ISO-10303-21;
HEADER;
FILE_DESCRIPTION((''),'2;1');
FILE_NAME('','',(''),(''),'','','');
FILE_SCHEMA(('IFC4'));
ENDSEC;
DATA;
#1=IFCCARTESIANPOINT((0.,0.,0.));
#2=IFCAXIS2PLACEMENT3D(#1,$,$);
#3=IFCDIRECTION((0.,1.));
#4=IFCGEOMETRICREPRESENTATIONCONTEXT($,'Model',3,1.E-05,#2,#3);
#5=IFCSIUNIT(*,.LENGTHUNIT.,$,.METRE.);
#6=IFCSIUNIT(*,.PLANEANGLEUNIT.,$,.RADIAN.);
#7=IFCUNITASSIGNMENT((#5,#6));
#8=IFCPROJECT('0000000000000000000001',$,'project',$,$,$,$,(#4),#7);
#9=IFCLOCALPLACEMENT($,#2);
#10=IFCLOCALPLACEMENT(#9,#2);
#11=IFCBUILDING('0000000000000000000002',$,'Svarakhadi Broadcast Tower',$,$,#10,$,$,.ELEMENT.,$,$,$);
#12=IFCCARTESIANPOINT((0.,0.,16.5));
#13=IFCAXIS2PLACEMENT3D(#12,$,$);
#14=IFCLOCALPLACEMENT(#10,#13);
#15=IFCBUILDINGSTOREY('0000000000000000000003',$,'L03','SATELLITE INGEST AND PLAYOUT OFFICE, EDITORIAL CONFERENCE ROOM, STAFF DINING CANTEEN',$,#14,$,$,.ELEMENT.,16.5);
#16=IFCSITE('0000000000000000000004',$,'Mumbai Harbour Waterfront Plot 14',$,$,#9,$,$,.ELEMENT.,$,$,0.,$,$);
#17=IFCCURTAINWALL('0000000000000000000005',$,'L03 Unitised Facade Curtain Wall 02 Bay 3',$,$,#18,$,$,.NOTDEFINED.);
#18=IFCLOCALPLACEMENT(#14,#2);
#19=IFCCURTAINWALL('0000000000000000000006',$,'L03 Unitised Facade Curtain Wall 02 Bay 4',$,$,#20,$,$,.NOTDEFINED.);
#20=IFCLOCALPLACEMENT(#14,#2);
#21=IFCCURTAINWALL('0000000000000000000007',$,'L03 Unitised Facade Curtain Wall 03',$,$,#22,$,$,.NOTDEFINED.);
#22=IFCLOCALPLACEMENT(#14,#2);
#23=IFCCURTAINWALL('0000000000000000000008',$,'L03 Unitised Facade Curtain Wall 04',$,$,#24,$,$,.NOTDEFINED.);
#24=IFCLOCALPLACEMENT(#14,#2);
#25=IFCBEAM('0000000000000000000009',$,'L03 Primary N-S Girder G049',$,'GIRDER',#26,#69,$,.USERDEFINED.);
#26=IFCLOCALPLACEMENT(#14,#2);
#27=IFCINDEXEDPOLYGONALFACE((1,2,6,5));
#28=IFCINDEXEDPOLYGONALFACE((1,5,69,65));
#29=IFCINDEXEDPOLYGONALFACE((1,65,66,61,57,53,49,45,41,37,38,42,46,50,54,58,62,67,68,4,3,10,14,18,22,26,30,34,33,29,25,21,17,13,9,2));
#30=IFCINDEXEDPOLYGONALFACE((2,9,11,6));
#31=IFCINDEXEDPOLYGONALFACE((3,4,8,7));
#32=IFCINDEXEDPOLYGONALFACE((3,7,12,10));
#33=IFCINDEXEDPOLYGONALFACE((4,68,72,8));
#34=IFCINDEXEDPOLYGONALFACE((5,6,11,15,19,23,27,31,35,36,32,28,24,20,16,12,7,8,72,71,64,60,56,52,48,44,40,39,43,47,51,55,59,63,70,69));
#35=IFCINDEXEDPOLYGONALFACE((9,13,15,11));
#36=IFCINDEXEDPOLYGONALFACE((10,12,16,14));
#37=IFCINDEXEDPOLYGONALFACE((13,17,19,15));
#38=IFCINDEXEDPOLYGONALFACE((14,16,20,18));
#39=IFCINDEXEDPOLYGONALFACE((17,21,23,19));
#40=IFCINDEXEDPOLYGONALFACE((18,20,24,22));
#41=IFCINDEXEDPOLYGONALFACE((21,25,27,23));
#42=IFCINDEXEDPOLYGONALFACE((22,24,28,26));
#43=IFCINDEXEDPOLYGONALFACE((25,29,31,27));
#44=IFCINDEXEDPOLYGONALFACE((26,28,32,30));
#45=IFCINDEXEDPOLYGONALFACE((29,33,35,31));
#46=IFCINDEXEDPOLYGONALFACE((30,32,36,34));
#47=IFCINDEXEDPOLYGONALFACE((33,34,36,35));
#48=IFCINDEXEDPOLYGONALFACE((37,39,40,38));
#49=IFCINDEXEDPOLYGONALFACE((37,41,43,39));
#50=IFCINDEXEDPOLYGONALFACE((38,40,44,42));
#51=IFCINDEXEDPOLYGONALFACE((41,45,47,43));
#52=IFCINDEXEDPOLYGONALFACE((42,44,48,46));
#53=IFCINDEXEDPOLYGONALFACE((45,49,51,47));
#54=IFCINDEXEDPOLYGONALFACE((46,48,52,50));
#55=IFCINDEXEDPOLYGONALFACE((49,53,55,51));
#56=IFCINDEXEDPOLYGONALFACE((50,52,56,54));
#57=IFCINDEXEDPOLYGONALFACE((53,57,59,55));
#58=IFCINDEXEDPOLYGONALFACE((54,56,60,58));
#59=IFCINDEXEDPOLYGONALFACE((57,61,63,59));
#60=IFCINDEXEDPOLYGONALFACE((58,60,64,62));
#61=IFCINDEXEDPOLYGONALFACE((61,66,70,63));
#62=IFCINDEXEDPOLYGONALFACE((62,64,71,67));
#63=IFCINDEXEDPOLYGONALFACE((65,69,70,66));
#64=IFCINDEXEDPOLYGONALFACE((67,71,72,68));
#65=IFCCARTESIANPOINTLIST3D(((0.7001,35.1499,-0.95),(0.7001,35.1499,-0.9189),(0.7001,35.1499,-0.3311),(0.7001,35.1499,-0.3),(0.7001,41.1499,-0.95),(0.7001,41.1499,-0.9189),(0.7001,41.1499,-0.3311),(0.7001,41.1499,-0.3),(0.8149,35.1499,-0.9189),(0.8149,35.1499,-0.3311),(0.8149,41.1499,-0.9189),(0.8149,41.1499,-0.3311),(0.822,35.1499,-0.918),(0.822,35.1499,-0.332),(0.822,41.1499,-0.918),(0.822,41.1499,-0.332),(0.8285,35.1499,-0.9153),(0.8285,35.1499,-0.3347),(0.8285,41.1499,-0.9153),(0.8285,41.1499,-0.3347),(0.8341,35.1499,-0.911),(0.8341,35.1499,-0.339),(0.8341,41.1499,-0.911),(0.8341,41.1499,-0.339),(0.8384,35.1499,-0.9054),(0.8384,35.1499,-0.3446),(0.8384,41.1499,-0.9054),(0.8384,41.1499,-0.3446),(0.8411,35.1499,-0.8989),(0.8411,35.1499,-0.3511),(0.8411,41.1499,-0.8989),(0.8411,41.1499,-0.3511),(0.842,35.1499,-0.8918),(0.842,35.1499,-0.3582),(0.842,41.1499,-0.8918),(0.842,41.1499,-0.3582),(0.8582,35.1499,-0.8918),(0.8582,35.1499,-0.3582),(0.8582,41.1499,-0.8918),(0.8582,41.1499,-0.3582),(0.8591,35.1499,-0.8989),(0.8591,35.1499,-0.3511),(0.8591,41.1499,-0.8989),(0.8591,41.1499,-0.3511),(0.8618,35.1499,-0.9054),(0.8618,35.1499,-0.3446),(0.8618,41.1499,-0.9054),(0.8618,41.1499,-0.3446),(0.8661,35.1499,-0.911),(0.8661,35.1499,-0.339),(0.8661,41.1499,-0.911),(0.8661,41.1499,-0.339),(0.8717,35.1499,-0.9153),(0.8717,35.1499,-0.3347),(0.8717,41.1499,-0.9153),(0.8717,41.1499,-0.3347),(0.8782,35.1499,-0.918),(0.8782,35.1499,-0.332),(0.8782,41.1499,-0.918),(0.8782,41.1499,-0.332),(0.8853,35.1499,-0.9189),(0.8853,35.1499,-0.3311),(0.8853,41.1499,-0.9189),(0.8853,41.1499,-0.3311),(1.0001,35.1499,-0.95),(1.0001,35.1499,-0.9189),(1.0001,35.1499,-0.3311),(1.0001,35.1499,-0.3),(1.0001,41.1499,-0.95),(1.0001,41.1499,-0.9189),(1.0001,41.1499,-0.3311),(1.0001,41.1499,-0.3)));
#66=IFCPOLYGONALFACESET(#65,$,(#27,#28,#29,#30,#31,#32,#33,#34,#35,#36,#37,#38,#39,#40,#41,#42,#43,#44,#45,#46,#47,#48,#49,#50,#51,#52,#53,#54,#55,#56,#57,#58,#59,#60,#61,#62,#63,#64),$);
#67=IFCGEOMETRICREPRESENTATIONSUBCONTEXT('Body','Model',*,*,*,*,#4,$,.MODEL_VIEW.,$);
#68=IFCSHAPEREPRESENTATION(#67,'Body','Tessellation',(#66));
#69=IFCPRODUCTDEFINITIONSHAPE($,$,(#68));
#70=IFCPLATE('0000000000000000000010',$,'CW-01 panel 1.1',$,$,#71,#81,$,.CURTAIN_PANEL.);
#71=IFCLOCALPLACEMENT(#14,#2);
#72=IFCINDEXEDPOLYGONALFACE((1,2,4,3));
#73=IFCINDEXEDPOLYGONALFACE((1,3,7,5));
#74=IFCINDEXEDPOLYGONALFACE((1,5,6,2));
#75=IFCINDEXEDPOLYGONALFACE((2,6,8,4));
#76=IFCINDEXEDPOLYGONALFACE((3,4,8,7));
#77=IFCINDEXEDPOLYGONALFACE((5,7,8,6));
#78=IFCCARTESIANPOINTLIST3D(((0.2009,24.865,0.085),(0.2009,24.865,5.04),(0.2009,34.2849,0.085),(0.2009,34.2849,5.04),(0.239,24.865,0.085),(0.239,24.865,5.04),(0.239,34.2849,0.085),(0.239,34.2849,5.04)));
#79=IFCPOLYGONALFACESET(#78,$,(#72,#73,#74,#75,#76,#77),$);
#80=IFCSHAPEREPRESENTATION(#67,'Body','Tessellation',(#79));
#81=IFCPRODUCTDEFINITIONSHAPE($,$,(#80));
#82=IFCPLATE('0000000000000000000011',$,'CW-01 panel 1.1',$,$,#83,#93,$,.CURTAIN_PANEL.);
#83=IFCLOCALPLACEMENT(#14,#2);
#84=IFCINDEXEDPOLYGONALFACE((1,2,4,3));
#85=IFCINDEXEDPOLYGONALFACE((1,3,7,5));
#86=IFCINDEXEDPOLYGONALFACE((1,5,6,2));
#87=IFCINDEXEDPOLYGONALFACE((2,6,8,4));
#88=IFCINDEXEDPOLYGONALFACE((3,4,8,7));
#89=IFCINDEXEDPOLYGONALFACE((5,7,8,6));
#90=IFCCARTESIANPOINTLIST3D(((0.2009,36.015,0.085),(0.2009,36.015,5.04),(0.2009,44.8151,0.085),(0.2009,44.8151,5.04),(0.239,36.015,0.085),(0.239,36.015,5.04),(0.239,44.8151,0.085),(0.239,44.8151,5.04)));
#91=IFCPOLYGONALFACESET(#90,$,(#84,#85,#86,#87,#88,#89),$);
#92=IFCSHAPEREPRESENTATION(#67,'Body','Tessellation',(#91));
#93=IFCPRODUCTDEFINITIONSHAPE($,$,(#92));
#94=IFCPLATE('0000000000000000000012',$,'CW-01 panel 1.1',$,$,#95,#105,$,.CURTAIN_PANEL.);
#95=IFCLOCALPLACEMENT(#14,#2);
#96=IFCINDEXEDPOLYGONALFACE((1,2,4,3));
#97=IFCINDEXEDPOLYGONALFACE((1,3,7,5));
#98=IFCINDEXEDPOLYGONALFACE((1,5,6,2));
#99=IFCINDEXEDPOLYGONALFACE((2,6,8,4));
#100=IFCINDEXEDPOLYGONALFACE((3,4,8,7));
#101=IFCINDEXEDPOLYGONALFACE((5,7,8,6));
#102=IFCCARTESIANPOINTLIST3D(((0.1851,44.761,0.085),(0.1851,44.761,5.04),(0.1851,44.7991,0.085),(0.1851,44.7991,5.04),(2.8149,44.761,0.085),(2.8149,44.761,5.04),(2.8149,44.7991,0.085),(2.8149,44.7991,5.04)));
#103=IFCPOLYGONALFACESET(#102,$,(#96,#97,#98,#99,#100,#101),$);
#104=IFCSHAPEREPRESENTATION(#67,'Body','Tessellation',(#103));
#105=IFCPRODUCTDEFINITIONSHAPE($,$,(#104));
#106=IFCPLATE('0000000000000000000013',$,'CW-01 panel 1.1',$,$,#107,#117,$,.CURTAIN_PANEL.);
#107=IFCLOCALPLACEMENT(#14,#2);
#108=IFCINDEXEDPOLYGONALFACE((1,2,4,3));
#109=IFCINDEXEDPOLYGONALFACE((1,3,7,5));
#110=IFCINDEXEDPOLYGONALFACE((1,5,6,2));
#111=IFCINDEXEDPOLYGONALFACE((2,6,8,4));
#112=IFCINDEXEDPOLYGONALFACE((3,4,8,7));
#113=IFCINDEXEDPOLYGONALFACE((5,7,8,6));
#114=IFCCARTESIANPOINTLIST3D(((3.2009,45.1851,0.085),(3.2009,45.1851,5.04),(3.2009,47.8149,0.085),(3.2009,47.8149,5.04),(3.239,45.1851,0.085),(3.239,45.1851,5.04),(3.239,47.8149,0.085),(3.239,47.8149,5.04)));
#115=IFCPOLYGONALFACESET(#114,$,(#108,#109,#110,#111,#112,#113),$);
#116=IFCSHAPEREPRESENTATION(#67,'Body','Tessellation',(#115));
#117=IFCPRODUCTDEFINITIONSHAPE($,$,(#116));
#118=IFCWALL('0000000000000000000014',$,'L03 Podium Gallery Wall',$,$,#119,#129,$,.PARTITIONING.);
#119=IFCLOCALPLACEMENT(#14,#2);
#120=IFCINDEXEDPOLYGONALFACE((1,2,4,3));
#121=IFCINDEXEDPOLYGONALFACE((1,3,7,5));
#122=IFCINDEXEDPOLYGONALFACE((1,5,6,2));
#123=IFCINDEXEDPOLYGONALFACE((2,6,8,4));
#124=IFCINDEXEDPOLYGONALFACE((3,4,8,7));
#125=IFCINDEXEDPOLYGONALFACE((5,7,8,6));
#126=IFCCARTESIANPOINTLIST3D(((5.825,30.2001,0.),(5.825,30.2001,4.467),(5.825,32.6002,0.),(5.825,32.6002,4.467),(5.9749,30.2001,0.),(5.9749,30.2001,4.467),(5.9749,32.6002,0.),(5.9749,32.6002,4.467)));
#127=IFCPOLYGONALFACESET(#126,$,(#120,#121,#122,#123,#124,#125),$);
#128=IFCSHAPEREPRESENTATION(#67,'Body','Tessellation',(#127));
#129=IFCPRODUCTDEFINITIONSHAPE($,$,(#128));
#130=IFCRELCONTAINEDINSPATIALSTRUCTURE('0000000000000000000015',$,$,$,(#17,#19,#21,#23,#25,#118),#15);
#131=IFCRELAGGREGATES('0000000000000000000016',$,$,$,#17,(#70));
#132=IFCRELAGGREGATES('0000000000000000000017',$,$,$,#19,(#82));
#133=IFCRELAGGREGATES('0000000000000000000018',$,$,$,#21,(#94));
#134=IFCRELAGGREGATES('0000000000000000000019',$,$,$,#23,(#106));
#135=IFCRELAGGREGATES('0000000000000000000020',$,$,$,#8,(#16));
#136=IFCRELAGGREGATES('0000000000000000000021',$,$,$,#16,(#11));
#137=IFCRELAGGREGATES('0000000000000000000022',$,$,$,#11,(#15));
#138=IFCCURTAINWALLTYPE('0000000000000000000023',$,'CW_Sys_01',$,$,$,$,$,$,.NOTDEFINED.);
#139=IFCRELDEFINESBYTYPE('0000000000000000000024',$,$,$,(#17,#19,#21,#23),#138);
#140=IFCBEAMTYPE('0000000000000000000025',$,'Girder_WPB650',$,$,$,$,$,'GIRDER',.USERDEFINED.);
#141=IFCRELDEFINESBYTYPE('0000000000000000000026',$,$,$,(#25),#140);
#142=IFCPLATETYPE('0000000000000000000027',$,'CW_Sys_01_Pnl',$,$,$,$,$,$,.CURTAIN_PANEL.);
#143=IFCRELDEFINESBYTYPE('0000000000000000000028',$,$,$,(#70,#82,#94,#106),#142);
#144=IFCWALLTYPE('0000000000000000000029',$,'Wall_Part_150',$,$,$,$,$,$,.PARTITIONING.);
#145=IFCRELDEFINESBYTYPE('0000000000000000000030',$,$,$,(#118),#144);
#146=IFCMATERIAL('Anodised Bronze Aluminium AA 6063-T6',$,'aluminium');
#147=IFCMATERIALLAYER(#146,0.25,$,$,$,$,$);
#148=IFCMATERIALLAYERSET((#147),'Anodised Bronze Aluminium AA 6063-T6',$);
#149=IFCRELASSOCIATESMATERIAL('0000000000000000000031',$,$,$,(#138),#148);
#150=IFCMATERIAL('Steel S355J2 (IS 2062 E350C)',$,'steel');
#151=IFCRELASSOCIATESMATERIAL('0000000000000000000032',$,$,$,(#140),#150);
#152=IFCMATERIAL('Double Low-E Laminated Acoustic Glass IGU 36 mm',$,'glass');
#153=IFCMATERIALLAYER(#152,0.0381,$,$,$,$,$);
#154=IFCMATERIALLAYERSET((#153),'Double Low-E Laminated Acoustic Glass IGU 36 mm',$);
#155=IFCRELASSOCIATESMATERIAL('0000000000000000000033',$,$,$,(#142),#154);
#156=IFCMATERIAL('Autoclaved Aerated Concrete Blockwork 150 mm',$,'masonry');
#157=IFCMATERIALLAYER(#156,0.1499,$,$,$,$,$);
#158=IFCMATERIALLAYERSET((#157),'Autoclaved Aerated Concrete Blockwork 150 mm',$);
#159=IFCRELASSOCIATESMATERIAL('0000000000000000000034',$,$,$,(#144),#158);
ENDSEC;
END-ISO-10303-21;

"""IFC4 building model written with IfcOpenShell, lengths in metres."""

from ifc_helpers import new_model, si_unit, direction, frame, frame_2d, origin, origin_2d, place, context, subcontext, project, spatial, rectangle, i_section, extrude, material, layer, layer_set, material_profile, profile_set, type_object, element, aggregate, save


model = new_model("IFC4")

# Units and contexts
model_context = context("Model", 3, precision=1e-05, world=origin(), true_north=direction((0.0, 1.0)))
body_context = subcontext(model_context, "Body", "Model", "MODEL_VIEW")
ifc_project = project(units=[si_unit("LENGTHUNIT", "METRE"), si_unit("PLANEANGLEUNIT", "RADIAN")], contexts=[model_context])

# Site, building, storey
site_placement = place(None, origin())
site = spatial("IfcSite", under=ifc_project, at=site_placement, Name="Mumbai Harbour Waterfront Plot 14", CompositionType="ELEMENT", RefElevation=0.0)
building_placement = place(site_placement, origin())
building = spatial("IfcBuilding", under=site, at=building_placement, Name="Svarakhadi Broadcast Tower", CompositionType="ELEMENT")
storey_placement = place(building_placement, frame((0.0, 0.0, 16.5)))
storey = spatial("IfcBuildingStorey", under=building, at=storey_placement, Name="L03", Description="SATELLITE INGEST AND PLAYOUT OFFICE, EDITORIAL CONFERENCE ROOM, STAFF DINING CANTEEN", CompositionType="ELEMENT", Elevation=16.5)

# Shared definitions
ifc_material_1 = material(Name="Steel S355J2 (IS 2062 E350C)", Category="steel")

# Curtain wall
ifc_material_2 = material(Name="Anodised Bronze Aluminium AA 6063-T6", Category="aluminium")
ifc_layer_1 = layer(ifc_material_2, 0.25)
ifc_layer_set_1 = layer_set([ifc_layer_1], Name="Anodised Bronze Aluminium AA 6063-T6")
curtain_wall_type = type_object("IfcCurtainWallType", Name="CW_Sys_01", PredefinedType="NOTDEFINED", material=ifc_layer_set_1)
curtain_wall_1_placement = place(storey_placement, origin())
curtain_wall_1 = element("IfcCurtainWall", 1, at=curtain_wall_1_placement, inside=storey, type_object=curtain_wall_type, Name="L03 Unitised Facade Curtain Wall 02 Bay 3", PredefinedType="NOTDEFINED")

# Curtain walls
curtain_wall_2_placement = place(storey_placement, origin())
curtain_wall_2 = element("IfcCurtainWall", 2, at=curtain_wall_2_placement, inside=storey, type_object=curtain_wall_type, Name="L03 Unitised Facade Curtain Wall 02 Bay 4", PredefinedType="NOTDEFINED")
curtain_wall_3_placement = place(storey_placement, origin())
curtain_wall_3 = element("IfcCurtainWall", 3, at=curtain_wall_3_placement, inside=storey, type_object=curtain_wall_type, Name="L03 Unitised Facade Curtain Wall 03", PredefinedType="NOTDEFINED")
curtain_wall_4_placement = place(storey_placement, origin())
curtain_wall_4 = element("IfcCurtainWall", 4, at=curtain_wall_4_placement, inside=storey, type_object=curtain_wall_type, Name="L03 Unitised Facade Curtain Wall 04", PredefinedType="NOTDEFINED")

# Beam
ifc_material_profile_1 = material_profile(ifc_material_1, i_section(OverallWidth=0.3, OverallDepth=0.6499, WebThickness=0.0161, FlangeThickness=0.031, FilletRadius=0.0271, at=origin_2d()), Name="WPB 650x300x225")
ifc_profile_set_1 = profile_set([ifc_material_profile_1], Name="Steel S355J2 (IS 2062 E350C)")
beam_type_1 = type_object("IfcBeamType", Name="Girder_WPB650", ElementType="GIRDER", PredefinedType="USERDEFINED", material=ifc_profile_set_1)
beam_placement = place(storey_placement, frame((0.8501, 35.1499, -0.625), z_axis=(0.0, 1.0, 0.0), x_axis=(-1.0, 0.0, 0.0)))
element("IfcBeam", 5, at=beam_placement, inside=storey, type_object=beam_type_1, Name="L03 Primary N-S Girder G049", ObjectType="GIRDER", PredefinedType="USERDEFINED", context=body_context, shape_type="SweptSolid", body=[
    extrude(i_section(OverallWidth=0.3, OverallDepth=0.6499, WebThickness=0.0161, FlangeThickness=0.031, FilletRadius=0.0271, at=origin_2d()), origin(), (0.0, 0.0, 1.0), 6.0),
])

# Plates
ifc_material_3 = material(Name="Double Low-E Laminated Acoustic Glass IGU 36 mm", Category="glass")
ifc_layer_2 = layer(ifc_material_3, 0.0381)
ifc_layer_set_2 = layer_set([ifc_layer_2], Name="Double Low-E Laminated Acoustic Glass IGU 36 mm")
plate_type = type_object("IfcPlateType", Name="CW_Sys_01_Pnl", PredefinedType="CURTAIN_PANEL", material=ifc_layer_set_2)
plate_1_placement = place(storey_placement, frame((0.22, 29.575, 0.085), z_axis=(0.0, 0.0, 1.0), x_axis=(0.0, 1.0, 0.0)))
plate_1 = element("IfcPlate", 6, at=plate_1_placement, type_object=plate_type, Name="CW-01 panel 1.1", PredefinedType="CURTAIN_PANEL", context=body_context, shape_type="SweptSolid", body=[
    extrude(rectangle(XDim=9.4199, YDim=0.0381, at=origin_2d()), origin(), (0.0, 0.0, 1.0), 4.9551),
])
aggregate(curtain_wall_1, [plate_1])
plate_2_placement = place(storey_placement, frame((0.22, 40.415, 0.085), z_axis=(0.0, 0.0, 1.0), x_axis=(0.0, 1.0, 0.0)))
plate_2 = element("IfcPlate", 7, at=plate_2_placement, type_object=plate_type, Name="CW-01 panel 1.1", PredefinedType="CURTAIN_PANEL", context=body_context, shape_type="SweptSolid", body=[
    extrude(rectangle(XDim=8.8, YDim=0.0381, at=origin_2d()), origin(), (0.0, 0.0, 1.0), 4.9551),
])
aggregate(curtain_wall_2, [plate_2])
plate_3_placement = place(storey_placement, frame((1.5, 44.78, 0.085), z_axis=(0.0, 0.0, 1.0), x_axis=(1.0, 0.0, 0.0)))
plate_3 = element("IfcPlate", 8, at=plate_3_placement, type_object=plate_type, Name="CW-01 panel 1.1", PredefinedType="CURTAIN_PANEL", context=body_context, shape_type="SweptSolid", body=[
    extrude(rectangle(XDim=2.6299, YDim=0.0381, at=origin_2d()), origin(), (0.0, 0.0, 1.0), 4.9551),
])
aggregate(curtain_wall_3, [plate_3])
plate_4_placement = place(storey_placement, frame((3.22, 46.5, 0.085), z_axis=(0.0, 0.0, 1.0), x_axis=(0.0, 1.0, 0.0)))
plate_4 = element("IfcPlate", 9, at=plate_4_placement, type_object=plate_type, Name="CW-01 panel 1.1", PredefinedType="CURTAIN_PANEL", context=body_context, shape_type="SweptSolid", body=[
    extrude(rectangle(XDim=2.6299, YDim=0.0381, at=origin_2d()), origin(), (0.0, 0.0, 1.0), 4.9551),
])
aggregate(curtain_wall_4, [plate_4])

# Wall
ifc_material_4 = material(Name="Autoclaved Aerated Concrete Blockwork 150 mm", Category="masonry")
ifc_layer_3 = layer(ifc_material_4, 0.1499)
ifc_layer_set_3 = layer_set([ifc_layer_3], Name="Autoclaved Aerated Concrete Blockwork 150 mm")
wall_type = type_object("IfcWallType", Name="Wall_Part_150", PredefinedType="PARTITIONING", material=ifc_layer_set_3)
wall_1_placement = place(storey_placement, frame((5.8999, 30.2, 0.0), z_axis=(0.0, 0.0, 1.0), x_axis=(0.0, 1.0, 0.0)))
element("IfcWall", 10, at=wall_1_placement, inside=storey, type_object=wall_type, Name="L03 Podium Gallery Wall", PredefinedType="PARTITIONING", context=body_context, shape_type="SweptSolid", body=[
    extrude(rectangle(XDim=2.4001, YDim=0.1499, at=frame_2d((1.2002, 0.0))), origin(), (0.0, 0.0, 1.0), 4.467),
])

save(model, "model.ifc")
